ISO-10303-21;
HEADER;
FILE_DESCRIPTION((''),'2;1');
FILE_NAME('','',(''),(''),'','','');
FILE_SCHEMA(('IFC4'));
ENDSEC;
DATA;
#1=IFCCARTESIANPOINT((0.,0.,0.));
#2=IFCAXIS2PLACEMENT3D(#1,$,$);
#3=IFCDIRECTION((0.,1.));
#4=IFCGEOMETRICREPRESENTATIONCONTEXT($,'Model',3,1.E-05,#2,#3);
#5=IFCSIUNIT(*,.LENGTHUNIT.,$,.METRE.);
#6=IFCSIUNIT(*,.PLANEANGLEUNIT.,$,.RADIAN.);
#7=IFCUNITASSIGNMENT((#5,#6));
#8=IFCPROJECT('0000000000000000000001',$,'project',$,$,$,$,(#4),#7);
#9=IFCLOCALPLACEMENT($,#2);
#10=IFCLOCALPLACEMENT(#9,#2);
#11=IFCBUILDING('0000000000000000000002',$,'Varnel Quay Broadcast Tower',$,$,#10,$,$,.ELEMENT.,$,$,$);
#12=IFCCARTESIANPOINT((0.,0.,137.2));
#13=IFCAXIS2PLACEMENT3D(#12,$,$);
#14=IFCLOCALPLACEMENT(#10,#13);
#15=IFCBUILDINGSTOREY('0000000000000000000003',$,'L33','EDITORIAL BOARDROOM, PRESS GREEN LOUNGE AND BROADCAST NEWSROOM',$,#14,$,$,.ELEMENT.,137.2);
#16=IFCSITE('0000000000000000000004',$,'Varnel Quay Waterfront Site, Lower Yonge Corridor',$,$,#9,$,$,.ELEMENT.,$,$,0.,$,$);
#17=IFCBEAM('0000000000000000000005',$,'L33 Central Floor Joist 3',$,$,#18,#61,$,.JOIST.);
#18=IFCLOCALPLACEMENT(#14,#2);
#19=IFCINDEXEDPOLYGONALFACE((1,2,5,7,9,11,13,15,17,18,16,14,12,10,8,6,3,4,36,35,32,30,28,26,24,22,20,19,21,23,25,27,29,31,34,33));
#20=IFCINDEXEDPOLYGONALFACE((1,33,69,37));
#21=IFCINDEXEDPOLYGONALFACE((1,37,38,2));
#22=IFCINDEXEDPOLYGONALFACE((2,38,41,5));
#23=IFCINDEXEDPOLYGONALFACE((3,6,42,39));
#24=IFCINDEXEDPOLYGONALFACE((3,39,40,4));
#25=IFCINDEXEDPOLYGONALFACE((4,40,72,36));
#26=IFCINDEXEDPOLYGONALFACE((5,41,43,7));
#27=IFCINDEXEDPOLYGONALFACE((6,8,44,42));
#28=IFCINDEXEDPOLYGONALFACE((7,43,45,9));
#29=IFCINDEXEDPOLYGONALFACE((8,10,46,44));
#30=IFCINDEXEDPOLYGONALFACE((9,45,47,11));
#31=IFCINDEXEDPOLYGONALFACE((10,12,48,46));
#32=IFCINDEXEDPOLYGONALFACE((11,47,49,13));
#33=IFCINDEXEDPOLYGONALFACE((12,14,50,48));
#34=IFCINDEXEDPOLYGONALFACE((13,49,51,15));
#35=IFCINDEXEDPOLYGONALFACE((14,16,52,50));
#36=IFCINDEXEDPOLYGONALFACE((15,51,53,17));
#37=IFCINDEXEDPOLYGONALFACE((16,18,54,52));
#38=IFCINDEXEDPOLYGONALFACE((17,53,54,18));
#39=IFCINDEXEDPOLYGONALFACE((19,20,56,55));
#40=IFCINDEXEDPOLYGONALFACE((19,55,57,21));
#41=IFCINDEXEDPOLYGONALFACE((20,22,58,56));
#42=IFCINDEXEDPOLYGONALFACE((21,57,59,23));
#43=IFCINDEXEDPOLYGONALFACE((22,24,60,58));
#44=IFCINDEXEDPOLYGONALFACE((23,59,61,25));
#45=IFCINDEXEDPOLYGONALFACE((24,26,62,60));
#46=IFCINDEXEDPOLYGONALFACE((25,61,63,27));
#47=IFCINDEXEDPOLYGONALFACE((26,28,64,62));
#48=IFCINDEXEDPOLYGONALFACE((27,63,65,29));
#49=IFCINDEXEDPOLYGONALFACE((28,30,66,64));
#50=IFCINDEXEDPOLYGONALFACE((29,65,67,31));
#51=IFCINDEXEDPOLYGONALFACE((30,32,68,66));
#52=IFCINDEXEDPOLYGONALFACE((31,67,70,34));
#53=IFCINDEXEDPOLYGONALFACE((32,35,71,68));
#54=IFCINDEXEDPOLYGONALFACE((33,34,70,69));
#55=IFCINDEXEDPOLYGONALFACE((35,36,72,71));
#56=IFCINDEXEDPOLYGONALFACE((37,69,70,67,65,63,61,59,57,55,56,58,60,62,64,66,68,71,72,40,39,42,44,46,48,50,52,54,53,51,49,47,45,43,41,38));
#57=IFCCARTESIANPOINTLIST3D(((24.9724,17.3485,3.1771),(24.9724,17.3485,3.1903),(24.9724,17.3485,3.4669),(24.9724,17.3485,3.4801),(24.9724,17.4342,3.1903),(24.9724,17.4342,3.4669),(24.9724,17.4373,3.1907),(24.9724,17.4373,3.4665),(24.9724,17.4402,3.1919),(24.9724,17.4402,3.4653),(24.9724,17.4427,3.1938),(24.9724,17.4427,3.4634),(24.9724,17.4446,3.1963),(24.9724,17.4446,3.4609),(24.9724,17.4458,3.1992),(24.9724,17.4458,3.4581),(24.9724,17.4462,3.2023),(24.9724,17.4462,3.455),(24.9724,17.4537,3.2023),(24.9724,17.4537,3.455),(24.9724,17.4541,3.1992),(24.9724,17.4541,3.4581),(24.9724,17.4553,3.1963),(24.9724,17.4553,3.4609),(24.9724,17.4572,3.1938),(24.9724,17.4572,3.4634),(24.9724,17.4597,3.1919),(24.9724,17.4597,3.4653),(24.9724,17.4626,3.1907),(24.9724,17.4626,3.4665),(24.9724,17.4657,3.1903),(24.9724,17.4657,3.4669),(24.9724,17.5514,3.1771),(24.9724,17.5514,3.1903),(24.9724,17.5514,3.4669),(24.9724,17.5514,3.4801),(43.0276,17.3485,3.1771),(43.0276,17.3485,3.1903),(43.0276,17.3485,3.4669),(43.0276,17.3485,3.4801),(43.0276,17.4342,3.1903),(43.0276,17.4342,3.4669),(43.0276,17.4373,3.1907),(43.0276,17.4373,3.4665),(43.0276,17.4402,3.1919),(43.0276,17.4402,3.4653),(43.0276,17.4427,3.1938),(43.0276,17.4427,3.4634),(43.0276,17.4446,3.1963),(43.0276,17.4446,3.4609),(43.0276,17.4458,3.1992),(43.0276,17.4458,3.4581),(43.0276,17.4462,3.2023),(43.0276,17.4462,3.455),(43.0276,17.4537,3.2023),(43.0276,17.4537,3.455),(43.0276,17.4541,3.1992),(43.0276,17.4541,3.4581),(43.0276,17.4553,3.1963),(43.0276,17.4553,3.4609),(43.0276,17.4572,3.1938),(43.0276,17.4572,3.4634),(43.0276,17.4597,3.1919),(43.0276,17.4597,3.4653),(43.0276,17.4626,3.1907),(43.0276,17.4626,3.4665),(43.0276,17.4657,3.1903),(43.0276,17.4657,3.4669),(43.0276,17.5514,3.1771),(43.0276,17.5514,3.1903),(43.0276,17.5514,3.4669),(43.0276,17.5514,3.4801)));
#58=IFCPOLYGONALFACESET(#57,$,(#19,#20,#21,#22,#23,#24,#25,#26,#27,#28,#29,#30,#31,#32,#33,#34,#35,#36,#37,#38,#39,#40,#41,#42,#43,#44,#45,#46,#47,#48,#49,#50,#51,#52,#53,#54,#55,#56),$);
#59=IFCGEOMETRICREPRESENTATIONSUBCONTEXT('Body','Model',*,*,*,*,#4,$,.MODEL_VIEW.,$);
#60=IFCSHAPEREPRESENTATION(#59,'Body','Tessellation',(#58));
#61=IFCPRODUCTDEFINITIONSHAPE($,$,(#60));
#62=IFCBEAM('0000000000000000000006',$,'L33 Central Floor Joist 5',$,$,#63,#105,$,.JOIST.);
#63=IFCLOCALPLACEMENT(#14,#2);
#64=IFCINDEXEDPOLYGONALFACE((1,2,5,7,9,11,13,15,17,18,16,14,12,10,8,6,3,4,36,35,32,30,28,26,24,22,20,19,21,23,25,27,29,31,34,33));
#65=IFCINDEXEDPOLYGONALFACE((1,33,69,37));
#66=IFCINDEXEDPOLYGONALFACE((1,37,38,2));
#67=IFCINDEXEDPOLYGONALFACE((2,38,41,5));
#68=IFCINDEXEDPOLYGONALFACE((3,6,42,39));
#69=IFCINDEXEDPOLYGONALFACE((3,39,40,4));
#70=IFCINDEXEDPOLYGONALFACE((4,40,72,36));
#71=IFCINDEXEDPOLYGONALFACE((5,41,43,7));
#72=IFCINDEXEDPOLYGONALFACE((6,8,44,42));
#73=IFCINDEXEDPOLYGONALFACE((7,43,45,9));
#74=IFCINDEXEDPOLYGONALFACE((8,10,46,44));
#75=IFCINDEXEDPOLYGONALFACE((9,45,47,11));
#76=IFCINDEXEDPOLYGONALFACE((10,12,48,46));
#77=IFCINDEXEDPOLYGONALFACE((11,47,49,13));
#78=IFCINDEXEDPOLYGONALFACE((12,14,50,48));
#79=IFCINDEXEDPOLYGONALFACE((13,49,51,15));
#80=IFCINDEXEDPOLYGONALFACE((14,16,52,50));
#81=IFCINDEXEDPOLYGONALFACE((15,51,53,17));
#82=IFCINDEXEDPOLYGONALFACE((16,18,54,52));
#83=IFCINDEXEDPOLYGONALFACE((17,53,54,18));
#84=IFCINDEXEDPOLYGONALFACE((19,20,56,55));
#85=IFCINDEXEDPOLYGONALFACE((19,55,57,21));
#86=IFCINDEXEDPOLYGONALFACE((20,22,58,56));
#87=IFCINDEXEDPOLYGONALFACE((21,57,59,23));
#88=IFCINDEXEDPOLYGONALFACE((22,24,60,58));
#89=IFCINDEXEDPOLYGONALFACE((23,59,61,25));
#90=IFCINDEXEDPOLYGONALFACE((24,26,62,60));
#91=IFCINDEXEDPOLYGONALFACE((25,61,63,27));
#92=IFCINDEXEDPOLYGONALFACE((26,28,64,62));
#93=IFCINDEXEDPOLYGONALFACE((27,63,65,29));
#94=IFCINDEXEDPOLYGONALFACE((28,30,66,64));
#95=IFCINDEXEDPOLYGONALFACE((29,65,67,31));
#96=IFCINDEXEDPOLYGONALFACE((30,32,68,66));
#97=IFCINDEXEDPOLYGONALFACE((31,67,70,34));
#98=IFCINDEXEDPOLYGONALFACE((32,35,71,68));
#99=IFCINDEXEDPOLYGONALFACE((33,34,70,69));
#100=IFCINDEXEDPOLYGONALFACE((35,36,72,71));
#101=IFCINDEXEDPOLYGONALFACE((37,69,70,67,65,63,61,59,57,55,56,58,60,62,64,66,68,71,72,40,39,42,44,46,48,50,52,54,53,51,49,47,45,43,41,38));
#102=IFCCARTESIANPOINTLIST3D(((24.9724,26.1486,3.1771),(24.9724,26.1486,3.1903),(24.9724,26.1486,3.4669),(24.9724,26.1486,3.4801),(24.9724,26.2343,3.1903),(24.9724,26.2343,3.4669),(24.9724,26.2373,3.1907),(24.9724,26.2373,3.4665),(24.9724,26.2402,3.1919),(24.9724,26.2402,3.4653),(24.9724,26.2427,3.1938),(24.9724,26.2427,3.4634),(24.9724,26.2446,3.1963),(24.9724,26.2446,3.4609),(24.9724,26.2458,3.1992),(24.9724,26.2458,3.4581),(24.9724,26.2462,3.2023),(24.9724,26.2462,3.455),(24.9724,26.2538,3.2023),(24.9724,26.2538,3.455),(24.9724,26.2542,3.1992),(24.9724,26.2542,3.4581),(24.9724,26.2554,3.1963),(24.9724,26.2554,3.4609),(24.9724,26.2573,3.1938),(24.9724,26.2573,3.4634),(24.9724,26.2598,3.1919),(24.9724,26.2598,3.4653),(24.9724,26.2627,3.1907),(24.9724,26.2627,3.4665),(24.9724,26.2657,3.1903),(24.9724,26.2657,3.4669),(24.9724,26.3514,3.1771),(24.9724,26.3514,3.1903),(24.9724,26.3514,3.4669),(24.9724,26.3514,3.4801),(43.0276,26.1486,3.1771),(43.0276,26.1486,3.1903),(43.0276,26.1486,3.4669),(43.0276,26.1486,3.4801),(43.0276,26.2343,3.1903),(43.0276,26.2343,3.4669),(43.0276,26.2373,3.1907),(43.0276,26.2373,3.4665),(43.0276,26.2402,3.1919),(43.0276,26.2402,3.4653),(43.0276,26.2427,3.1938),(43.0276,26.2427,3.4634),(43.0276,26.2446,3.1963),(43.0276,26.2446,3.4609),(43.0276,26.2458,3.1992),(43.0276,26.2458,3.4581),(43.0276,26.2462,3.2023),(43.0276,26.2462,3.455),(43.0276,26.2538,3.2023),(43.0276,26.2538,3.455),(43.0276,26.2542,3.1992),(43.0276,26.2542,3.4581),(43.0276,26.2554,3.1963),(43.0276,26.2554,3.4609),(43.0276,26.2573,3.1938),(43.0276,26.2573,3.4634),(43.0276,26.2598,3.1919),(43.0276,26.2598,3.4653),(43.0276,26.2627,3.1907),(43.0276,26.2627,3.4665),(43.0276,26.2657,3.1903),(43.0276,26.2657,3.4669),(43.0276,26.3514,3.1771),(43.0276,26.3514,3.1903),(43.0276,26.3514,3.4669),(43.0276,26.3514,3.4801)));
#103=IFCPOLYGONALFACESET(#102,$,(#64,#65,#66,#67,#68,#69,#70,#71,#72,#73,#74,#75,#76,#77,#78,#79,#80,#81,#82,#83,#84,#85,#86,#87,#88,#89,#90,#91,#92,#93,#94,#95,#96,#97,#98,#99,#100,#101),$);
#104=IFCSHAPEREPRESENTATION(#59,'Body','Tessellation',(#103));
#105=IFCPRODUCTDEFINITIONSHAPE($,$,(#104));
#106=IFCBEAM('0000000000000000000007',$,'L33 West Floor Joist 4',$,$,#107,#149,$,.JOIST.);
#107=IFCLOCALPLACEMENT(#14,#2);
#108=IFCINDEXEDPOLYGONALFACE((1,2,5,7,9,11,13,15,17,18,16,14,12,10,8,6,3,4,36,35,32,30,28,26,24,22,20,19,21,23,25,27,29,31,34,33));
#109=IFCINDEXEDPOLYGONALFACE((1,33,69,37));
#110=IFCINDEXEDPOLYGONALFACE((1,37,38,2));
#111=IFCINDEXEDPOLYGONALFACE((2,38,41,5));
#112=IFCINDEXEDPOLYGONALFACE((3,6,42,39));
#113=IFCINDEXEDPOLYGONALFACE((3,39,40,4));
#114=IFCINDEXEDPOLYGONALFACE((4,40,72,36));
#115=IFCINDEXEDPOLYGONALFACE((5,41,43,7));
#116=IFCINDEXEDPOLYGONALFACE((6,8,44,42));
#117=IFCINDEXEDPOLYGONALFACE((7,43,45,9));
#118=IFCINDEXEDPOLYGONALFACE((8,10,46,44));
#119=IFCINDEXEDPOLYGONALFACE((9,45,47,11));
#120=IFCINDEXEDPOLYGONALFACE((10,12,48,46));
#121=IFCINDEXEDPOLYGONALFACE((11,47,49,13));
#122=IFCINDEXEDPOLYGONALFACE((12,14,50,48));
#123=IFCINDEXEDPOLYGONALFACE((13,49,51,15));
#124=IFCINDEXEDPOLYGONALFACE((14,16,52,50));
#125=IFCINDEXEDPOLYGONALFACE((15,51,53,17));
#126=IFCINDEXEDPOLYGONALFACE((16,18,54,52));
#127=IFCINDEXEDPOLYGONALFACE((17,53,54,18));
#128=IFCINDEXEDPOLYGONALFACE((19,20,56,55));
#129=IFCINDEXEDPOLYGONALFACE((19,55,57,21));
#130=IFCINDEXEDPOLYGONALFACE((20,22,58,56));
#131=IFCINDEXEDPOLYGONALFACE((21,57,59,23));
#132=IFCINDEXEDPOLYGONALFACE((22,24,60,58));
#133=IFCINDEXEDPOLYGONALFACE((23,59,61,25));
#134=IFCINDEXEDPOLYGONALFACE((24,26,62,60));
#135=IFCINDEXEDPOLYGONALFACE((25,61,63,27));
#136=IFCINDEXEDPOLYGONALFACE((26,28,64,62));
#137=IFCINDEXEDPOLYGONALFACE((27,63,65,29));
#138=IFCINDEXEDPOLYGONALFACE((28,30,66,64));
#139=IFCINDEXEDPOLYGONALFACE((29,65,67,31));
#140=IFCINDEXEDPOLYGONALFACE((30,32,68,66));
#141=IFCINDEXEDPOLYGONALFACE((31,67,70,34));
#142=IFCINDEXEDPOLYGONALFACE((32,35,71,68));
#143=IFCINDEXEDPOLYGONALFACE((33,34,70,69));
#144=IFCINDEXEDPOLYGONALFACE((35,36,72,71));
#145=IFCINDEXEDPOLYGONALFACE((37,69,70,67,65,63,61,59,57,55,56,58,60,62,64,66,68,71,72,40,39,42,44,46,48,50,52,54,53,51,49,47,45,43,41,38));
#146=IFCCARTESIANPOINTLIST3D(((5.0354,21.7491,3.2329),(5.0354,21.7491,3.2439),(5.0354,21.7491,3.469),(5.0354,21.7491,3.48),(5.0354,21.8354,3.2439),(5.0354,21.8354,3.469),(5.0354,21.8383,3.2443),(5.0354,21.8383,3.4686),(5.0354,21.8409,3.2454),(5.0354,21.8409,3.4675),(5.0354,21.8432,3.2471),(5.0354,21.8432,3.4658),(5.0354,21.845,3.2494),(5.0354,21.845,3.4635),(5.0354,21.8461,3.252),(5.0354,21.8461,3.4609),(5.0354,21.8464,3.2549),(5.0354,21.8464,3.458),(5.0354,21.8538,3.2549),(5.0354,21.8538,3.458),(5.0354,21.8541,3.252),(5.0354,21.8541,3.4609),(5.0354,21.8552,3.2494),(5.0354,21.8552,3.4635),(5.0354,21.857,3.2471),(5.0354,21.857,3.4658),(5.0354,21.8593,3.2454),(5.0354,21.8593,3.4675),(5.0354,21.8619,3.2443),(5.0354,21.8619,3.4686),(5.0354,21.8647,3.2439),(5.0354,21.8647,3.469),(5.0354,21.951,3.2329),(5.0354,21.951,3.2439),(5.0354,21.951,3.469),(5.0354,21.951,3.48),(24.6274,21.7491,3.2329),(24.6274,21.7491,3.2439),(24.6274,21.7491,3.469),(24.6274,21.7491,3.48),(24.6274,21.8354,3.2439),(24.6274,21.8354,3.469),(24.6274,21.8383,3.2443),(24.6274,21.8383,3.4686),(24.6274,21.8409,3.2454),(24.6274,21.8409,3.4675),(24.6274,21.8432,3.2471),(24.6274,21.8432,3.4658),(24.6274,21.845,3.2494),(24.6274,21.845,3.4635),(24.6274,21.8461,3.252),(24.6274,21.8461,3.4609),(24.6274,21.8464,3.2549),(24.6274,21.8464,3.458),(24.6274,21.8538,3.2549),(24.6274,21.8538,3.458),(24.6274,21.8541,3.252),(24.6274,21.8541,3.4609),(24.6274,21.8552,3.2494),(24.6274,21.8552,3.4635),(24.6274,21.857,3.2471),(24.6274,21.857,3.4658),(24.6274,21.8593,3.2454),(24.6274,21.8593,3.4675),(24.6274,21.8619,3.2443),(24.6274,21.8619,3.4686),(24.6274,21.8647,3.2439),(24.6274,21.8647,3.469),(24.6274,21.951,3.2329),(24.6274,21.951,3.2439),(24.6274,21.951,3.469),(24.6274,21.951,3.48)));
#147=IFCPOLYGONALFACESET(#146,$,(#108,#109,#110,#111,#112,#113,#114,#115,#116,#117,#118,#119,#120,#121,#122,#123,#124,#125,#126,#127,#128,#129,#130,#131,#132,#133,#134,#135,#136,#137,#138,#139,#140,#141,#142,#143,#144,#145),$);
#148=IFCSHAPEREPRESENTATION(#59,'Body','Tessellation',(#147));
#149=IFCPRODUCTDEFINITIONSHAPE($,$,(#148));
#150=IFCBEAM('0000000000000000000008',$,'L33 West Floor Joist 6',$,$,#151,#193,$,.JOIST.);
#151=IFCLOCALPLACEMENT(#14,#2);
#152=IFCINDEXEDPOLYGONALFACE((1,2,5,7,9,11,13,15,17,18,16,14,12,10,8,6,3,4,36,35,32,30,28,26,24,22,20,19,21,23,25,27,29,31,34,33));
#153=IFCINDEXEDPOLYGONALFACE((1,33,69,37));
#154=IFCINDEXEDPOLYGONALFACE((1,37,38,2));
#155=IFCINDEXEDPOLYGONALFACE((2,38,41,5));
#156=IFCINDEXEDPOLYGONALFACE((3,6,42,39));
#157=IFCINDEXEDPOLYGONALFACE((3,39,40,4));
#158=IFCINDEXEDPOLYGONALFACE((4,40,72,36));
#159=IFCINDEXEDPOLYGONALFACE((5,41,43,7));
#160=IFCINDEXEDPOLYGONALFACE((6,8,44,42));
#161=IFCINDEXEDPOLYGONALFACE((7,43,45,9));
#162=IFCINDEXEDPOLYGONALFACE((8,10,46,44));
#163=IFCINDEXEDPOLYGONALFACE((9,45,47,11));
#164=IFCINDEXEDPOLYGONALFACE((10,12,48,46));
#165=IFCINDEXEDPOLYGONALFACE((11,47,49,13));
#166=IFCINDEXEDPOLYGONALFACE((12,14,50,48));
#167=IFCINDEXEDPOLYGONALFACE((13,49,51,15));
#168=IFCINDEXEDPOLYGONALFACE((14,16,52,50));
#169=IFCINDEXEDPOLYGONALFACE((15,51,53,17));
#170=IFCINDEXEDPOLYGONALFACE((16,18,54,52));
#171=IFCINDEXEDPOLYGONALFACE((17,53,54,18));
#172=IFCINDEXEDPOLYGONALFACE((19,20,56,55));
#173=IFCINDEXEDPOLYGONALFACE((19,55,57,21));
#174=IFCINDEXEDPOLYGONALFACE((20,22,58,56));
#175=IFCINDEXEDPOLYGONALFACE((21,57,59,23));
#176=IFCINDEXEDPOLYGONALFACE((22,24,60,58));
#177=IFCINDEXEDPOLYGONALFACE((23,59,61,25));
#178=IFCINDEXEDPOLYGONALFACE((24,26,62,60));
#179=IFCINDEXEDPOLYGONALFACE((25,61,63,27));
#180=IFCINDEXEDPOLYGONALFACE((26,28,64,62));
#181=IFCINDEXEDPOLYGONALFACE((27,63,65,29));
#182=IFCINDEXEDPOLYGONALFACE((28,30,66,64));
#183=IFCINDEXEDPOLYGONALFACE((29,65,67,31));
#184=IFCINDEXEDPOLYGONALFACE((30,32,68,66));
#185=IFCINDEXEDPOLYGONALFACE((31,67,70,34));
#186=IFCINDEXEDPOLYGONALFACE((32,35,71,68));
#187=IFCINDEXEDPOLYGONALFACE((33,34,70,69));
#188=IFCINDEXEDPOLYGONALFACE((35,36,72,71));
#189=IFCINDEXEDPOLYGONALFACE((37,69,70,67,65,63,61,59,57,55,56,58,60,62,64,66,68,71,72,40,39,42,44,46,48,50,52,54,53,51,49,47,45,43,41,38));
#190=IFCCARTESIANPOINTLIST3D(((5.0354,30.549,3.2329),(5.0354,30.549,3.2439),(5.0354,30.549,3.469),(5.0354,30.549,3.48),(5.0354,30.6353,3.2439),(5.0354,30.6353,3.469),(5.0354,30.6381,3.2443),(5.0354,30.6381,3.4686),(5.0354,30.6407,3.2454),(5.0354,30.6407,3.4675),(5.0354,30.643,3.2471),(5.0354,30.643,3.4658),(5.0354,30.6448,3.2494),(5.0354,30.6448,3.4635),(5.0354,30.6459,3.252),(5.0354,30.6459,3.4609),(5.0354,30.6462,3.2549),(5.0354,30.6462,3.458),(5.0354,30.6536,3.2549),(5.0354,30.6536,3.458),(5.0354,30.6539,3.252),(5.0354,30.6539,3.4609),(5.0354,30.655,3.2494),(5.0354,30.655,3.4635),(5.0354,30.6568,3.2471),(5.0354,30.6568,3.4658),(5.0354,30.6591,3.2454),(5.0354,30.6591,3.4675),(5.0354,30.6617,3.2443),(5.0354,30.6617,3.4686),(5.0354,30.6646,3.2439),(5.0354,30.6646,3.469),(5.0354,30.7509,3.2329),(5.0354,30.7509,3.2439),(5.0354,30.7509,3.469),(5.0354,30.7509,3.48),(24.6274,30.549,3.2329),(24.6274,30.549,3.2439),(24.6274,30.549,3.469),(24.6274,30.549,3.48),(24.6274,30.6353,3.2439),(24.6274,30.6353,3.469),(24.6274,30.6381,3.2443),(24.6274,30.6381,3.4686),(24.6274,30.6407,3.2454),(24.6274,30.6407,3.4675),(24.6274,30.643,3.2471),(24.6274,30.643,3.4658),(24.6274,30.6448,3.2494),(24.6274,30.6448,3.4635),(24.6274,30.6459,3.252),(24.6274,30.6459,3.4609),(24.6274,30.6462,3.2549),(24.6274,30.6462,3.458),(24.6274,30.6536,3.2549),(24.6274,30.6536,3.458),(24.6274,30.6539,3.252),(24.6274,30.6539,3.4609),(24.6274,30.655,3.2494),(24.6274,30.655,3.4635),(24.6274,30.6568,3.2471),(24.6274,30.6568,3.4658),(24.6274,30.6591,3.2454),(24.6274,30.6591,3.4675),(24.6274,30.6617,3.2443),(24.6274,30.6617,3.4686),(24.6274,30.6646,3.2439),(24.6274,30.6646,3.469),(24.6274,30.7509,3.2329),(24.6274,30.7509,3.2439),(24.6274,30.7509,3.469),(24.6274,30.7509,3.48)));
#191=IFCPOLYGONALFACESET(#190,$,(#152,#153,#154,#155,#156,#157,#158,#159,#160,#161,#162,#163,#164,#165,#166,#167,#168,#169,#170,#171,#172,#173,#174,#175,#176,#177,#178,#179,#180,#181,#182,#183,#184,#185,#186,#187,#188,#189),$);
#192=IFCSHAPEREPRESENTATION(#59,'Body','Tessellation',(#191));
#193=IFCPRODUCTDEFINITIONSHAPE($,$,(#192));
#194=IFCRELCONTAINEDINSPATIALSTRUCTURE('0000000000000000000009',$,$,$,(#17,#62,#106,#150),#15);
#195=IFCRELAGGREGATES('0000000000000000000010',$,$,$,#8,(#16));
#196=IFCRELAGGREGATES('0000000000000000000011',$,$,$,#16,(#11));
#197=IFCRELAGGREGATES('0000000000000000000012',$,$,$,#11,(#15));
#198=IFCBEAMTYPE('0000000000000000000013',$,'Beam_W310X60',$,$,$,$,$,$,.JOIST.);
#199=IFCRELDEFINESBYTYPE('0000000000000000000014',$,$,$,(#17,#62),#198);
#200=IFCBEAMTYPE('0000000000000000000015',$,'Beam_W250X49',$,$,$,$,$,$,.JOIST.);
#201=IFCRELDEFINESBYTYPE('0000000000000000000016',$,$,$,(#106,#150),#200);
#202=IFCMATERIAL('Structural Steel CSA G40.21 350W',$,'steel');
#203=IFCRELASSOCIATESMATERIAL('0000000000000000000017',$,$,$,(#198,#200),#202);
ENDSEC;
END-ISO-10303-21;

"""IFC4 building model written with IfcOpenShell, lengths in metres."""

from ifc_helpers import new_model, si_unit, direction, frame, origin, origin_2d, place, context, subcontext, project, spatial, i_section, extrude, source, transform, mapped, material, material_profile, profile_set, type_object, element, save


model = new_model("IFC4")

# Units and contexts
model_context = context("Model", 3, precision=1e-05, world=origin(), true_north=direction((0.0, 1.0)))
body_context = subcontext(model_context, "Body", "Model", "MODEL_VIEW")
ifc_project = project(units=[si_unit("LENGTHUNIT", "METRE"), si_unit("PLANEANGLEUNIT", "RADIAN")], contexts=[model_context])

# Site, building, storey
site_placement = place(None, origin())
site = spatial("IfcSite", under=ifc_project, at=site_placement, Name="Varnel Quay Waterfront Site, Lower Yonge Corridor", CompositionType="ELEMENT", RefElevation=0.0)
building_placement = place(site_placement, origin())
building = spatial("IfcBuilding", under=site, at=building_placement, Name="Varnel Quay Broadcast Tower", CompositionType="ELEMENT")
storey_placement = place(building_placement, frame((0.0, 0.0, 137.2)))
storey = spatial("IfcBuildingStorey", under=building, at=storey_placement, Name="L33", Description="EDITORIAL BOARDROOM, PRESS GREEN LOUNGE AND BROADCAST NEWSROOM", CompositionType="ELEMENT", Elevation=137.2)

# Shared definitions
ifc_material_1 = material(Name="Structural Steel CSA G40.21 350W", Category="steel")

# Beams
ifc_material_profile_1 = material_profile(ifc_material_1, i_section(OverallWidth=0.2029, OverallDepth=0.303, WebThickness=0.0076, FlangeThickness=0.0132, FilletRadius=0.012, at=origin_2d()), Name="W310X60")
ifc_profile_set_1 = profile_set([ifc_material_profile_1], Name="Structural Steel CSA G40.21 350W")
beam_type_1 = type_object("IfcBeamType", Name="Beam_W310X60", PredefinedType="JOIST", material=ifc_profile_set_1)
shared_shape_1 = source(origin(), body_context, "Body", "SweptSolid", [
    extrude(i_section(OverallWidth=0.2029, OverallDepth=0.303, WebThickness=0.0076, FlangeThickness=0.0132, FilletRadius=0.012, at=origin_2d()), origin(), (0.0, 0.0, 1.0), 18.0552),
])
for number, where, z_axis, x_axis, name in (
    (1, (24.9724, 17.45, 3.3286), (1.0, 0.0, 0.0), (0.0, 1.0, 0.0), "L33 Central Floor Joist 3"),
    (2, (24.9724, 26.25, 3.3286), (1.0, 0.0, 0.0), (0.0, 1.0, 0.0), "L33 Central Floor Joist 5"),
):
    element("IfcBeam", number, at=place(storey_placement, frame(where, z_axis=z_axis, x_axis=x_axis)), inside=storey, type_object=beam_type_1, Name=name, PredefinedType="JOIST", context=body_context, shape_type="MappedRepresentation", body=[
        mapped(shared_shape_1, transform((0.0, 0.0, 0.0), x_axis=(1.0, 0.0, 0.0), y_axis=(0.0, 1.0, 0.0), z_axis=(0.0, 0.0, 1.0), scale=1.0)),
    ])
ifc_material_profile_2 = material_profile(ifc_material_1, i_section(OverallWidth=0.2019, OverallDepth=0.2471, WebThickness=0.0073, FlangeThickness=0.011, FilletRadius=0.011, at=origin_2d()), Name="W250X49")
ifc_profile_set_2 = profile_set([ifc_material_profile_2], Name="Structural Steel CSA G40.21 350W")
beam_type_2 = type_object("IfcBeamType", Name="Beam_W250X49", PredefinedType="JOIST", material=ifc_profile_set_2)
shared_shape_2 = source(origin(), body_context, "Body", "SweptSolid", [
    extrude(i_section(OverallWidth=0.2019, OverallDepth=0.2471, WebThickness=0.0073, FlangeThickness=0.011, FilletRadius=0.011, at=origin_2d()), origin(), (0.0, 0.0, 1.0), 19.592),
])
for number, where, z_axis, x_axis, name in (
    (3, (5.0354, 21.8501, 3.3564), (1.0, 0.0, 0.0), (0.0, 1.0, 0.0), "L33 West Floor Joist 4"),
    (4, (5.0354, 30.6499, 3.3564), (1.0, 0.0, 0.0), (0.0, 1.0, 0.0), "L33 West Floor Joist 6"),
):
    element("IfcBeam", number, at=place(storey_placement, frame(where, z_axis=z_axis, x_axis=x_axis)), inside=storey, type_object=beam_type_2, Name=name, PredefinedType="JOIST", context=body_context, shape_type="MappedRepresentation", body=[
        mapped(shared_shape_2, transform((0.0, 0.0, 0.0), x_axis=(1.0, 0.0, 0.0), y_axis=(0.0, 1.0, 0.0), z_axis=(0.0, 0.0, 1.0), scale=1.0)),
    ])

save(model, "model.ifc")
